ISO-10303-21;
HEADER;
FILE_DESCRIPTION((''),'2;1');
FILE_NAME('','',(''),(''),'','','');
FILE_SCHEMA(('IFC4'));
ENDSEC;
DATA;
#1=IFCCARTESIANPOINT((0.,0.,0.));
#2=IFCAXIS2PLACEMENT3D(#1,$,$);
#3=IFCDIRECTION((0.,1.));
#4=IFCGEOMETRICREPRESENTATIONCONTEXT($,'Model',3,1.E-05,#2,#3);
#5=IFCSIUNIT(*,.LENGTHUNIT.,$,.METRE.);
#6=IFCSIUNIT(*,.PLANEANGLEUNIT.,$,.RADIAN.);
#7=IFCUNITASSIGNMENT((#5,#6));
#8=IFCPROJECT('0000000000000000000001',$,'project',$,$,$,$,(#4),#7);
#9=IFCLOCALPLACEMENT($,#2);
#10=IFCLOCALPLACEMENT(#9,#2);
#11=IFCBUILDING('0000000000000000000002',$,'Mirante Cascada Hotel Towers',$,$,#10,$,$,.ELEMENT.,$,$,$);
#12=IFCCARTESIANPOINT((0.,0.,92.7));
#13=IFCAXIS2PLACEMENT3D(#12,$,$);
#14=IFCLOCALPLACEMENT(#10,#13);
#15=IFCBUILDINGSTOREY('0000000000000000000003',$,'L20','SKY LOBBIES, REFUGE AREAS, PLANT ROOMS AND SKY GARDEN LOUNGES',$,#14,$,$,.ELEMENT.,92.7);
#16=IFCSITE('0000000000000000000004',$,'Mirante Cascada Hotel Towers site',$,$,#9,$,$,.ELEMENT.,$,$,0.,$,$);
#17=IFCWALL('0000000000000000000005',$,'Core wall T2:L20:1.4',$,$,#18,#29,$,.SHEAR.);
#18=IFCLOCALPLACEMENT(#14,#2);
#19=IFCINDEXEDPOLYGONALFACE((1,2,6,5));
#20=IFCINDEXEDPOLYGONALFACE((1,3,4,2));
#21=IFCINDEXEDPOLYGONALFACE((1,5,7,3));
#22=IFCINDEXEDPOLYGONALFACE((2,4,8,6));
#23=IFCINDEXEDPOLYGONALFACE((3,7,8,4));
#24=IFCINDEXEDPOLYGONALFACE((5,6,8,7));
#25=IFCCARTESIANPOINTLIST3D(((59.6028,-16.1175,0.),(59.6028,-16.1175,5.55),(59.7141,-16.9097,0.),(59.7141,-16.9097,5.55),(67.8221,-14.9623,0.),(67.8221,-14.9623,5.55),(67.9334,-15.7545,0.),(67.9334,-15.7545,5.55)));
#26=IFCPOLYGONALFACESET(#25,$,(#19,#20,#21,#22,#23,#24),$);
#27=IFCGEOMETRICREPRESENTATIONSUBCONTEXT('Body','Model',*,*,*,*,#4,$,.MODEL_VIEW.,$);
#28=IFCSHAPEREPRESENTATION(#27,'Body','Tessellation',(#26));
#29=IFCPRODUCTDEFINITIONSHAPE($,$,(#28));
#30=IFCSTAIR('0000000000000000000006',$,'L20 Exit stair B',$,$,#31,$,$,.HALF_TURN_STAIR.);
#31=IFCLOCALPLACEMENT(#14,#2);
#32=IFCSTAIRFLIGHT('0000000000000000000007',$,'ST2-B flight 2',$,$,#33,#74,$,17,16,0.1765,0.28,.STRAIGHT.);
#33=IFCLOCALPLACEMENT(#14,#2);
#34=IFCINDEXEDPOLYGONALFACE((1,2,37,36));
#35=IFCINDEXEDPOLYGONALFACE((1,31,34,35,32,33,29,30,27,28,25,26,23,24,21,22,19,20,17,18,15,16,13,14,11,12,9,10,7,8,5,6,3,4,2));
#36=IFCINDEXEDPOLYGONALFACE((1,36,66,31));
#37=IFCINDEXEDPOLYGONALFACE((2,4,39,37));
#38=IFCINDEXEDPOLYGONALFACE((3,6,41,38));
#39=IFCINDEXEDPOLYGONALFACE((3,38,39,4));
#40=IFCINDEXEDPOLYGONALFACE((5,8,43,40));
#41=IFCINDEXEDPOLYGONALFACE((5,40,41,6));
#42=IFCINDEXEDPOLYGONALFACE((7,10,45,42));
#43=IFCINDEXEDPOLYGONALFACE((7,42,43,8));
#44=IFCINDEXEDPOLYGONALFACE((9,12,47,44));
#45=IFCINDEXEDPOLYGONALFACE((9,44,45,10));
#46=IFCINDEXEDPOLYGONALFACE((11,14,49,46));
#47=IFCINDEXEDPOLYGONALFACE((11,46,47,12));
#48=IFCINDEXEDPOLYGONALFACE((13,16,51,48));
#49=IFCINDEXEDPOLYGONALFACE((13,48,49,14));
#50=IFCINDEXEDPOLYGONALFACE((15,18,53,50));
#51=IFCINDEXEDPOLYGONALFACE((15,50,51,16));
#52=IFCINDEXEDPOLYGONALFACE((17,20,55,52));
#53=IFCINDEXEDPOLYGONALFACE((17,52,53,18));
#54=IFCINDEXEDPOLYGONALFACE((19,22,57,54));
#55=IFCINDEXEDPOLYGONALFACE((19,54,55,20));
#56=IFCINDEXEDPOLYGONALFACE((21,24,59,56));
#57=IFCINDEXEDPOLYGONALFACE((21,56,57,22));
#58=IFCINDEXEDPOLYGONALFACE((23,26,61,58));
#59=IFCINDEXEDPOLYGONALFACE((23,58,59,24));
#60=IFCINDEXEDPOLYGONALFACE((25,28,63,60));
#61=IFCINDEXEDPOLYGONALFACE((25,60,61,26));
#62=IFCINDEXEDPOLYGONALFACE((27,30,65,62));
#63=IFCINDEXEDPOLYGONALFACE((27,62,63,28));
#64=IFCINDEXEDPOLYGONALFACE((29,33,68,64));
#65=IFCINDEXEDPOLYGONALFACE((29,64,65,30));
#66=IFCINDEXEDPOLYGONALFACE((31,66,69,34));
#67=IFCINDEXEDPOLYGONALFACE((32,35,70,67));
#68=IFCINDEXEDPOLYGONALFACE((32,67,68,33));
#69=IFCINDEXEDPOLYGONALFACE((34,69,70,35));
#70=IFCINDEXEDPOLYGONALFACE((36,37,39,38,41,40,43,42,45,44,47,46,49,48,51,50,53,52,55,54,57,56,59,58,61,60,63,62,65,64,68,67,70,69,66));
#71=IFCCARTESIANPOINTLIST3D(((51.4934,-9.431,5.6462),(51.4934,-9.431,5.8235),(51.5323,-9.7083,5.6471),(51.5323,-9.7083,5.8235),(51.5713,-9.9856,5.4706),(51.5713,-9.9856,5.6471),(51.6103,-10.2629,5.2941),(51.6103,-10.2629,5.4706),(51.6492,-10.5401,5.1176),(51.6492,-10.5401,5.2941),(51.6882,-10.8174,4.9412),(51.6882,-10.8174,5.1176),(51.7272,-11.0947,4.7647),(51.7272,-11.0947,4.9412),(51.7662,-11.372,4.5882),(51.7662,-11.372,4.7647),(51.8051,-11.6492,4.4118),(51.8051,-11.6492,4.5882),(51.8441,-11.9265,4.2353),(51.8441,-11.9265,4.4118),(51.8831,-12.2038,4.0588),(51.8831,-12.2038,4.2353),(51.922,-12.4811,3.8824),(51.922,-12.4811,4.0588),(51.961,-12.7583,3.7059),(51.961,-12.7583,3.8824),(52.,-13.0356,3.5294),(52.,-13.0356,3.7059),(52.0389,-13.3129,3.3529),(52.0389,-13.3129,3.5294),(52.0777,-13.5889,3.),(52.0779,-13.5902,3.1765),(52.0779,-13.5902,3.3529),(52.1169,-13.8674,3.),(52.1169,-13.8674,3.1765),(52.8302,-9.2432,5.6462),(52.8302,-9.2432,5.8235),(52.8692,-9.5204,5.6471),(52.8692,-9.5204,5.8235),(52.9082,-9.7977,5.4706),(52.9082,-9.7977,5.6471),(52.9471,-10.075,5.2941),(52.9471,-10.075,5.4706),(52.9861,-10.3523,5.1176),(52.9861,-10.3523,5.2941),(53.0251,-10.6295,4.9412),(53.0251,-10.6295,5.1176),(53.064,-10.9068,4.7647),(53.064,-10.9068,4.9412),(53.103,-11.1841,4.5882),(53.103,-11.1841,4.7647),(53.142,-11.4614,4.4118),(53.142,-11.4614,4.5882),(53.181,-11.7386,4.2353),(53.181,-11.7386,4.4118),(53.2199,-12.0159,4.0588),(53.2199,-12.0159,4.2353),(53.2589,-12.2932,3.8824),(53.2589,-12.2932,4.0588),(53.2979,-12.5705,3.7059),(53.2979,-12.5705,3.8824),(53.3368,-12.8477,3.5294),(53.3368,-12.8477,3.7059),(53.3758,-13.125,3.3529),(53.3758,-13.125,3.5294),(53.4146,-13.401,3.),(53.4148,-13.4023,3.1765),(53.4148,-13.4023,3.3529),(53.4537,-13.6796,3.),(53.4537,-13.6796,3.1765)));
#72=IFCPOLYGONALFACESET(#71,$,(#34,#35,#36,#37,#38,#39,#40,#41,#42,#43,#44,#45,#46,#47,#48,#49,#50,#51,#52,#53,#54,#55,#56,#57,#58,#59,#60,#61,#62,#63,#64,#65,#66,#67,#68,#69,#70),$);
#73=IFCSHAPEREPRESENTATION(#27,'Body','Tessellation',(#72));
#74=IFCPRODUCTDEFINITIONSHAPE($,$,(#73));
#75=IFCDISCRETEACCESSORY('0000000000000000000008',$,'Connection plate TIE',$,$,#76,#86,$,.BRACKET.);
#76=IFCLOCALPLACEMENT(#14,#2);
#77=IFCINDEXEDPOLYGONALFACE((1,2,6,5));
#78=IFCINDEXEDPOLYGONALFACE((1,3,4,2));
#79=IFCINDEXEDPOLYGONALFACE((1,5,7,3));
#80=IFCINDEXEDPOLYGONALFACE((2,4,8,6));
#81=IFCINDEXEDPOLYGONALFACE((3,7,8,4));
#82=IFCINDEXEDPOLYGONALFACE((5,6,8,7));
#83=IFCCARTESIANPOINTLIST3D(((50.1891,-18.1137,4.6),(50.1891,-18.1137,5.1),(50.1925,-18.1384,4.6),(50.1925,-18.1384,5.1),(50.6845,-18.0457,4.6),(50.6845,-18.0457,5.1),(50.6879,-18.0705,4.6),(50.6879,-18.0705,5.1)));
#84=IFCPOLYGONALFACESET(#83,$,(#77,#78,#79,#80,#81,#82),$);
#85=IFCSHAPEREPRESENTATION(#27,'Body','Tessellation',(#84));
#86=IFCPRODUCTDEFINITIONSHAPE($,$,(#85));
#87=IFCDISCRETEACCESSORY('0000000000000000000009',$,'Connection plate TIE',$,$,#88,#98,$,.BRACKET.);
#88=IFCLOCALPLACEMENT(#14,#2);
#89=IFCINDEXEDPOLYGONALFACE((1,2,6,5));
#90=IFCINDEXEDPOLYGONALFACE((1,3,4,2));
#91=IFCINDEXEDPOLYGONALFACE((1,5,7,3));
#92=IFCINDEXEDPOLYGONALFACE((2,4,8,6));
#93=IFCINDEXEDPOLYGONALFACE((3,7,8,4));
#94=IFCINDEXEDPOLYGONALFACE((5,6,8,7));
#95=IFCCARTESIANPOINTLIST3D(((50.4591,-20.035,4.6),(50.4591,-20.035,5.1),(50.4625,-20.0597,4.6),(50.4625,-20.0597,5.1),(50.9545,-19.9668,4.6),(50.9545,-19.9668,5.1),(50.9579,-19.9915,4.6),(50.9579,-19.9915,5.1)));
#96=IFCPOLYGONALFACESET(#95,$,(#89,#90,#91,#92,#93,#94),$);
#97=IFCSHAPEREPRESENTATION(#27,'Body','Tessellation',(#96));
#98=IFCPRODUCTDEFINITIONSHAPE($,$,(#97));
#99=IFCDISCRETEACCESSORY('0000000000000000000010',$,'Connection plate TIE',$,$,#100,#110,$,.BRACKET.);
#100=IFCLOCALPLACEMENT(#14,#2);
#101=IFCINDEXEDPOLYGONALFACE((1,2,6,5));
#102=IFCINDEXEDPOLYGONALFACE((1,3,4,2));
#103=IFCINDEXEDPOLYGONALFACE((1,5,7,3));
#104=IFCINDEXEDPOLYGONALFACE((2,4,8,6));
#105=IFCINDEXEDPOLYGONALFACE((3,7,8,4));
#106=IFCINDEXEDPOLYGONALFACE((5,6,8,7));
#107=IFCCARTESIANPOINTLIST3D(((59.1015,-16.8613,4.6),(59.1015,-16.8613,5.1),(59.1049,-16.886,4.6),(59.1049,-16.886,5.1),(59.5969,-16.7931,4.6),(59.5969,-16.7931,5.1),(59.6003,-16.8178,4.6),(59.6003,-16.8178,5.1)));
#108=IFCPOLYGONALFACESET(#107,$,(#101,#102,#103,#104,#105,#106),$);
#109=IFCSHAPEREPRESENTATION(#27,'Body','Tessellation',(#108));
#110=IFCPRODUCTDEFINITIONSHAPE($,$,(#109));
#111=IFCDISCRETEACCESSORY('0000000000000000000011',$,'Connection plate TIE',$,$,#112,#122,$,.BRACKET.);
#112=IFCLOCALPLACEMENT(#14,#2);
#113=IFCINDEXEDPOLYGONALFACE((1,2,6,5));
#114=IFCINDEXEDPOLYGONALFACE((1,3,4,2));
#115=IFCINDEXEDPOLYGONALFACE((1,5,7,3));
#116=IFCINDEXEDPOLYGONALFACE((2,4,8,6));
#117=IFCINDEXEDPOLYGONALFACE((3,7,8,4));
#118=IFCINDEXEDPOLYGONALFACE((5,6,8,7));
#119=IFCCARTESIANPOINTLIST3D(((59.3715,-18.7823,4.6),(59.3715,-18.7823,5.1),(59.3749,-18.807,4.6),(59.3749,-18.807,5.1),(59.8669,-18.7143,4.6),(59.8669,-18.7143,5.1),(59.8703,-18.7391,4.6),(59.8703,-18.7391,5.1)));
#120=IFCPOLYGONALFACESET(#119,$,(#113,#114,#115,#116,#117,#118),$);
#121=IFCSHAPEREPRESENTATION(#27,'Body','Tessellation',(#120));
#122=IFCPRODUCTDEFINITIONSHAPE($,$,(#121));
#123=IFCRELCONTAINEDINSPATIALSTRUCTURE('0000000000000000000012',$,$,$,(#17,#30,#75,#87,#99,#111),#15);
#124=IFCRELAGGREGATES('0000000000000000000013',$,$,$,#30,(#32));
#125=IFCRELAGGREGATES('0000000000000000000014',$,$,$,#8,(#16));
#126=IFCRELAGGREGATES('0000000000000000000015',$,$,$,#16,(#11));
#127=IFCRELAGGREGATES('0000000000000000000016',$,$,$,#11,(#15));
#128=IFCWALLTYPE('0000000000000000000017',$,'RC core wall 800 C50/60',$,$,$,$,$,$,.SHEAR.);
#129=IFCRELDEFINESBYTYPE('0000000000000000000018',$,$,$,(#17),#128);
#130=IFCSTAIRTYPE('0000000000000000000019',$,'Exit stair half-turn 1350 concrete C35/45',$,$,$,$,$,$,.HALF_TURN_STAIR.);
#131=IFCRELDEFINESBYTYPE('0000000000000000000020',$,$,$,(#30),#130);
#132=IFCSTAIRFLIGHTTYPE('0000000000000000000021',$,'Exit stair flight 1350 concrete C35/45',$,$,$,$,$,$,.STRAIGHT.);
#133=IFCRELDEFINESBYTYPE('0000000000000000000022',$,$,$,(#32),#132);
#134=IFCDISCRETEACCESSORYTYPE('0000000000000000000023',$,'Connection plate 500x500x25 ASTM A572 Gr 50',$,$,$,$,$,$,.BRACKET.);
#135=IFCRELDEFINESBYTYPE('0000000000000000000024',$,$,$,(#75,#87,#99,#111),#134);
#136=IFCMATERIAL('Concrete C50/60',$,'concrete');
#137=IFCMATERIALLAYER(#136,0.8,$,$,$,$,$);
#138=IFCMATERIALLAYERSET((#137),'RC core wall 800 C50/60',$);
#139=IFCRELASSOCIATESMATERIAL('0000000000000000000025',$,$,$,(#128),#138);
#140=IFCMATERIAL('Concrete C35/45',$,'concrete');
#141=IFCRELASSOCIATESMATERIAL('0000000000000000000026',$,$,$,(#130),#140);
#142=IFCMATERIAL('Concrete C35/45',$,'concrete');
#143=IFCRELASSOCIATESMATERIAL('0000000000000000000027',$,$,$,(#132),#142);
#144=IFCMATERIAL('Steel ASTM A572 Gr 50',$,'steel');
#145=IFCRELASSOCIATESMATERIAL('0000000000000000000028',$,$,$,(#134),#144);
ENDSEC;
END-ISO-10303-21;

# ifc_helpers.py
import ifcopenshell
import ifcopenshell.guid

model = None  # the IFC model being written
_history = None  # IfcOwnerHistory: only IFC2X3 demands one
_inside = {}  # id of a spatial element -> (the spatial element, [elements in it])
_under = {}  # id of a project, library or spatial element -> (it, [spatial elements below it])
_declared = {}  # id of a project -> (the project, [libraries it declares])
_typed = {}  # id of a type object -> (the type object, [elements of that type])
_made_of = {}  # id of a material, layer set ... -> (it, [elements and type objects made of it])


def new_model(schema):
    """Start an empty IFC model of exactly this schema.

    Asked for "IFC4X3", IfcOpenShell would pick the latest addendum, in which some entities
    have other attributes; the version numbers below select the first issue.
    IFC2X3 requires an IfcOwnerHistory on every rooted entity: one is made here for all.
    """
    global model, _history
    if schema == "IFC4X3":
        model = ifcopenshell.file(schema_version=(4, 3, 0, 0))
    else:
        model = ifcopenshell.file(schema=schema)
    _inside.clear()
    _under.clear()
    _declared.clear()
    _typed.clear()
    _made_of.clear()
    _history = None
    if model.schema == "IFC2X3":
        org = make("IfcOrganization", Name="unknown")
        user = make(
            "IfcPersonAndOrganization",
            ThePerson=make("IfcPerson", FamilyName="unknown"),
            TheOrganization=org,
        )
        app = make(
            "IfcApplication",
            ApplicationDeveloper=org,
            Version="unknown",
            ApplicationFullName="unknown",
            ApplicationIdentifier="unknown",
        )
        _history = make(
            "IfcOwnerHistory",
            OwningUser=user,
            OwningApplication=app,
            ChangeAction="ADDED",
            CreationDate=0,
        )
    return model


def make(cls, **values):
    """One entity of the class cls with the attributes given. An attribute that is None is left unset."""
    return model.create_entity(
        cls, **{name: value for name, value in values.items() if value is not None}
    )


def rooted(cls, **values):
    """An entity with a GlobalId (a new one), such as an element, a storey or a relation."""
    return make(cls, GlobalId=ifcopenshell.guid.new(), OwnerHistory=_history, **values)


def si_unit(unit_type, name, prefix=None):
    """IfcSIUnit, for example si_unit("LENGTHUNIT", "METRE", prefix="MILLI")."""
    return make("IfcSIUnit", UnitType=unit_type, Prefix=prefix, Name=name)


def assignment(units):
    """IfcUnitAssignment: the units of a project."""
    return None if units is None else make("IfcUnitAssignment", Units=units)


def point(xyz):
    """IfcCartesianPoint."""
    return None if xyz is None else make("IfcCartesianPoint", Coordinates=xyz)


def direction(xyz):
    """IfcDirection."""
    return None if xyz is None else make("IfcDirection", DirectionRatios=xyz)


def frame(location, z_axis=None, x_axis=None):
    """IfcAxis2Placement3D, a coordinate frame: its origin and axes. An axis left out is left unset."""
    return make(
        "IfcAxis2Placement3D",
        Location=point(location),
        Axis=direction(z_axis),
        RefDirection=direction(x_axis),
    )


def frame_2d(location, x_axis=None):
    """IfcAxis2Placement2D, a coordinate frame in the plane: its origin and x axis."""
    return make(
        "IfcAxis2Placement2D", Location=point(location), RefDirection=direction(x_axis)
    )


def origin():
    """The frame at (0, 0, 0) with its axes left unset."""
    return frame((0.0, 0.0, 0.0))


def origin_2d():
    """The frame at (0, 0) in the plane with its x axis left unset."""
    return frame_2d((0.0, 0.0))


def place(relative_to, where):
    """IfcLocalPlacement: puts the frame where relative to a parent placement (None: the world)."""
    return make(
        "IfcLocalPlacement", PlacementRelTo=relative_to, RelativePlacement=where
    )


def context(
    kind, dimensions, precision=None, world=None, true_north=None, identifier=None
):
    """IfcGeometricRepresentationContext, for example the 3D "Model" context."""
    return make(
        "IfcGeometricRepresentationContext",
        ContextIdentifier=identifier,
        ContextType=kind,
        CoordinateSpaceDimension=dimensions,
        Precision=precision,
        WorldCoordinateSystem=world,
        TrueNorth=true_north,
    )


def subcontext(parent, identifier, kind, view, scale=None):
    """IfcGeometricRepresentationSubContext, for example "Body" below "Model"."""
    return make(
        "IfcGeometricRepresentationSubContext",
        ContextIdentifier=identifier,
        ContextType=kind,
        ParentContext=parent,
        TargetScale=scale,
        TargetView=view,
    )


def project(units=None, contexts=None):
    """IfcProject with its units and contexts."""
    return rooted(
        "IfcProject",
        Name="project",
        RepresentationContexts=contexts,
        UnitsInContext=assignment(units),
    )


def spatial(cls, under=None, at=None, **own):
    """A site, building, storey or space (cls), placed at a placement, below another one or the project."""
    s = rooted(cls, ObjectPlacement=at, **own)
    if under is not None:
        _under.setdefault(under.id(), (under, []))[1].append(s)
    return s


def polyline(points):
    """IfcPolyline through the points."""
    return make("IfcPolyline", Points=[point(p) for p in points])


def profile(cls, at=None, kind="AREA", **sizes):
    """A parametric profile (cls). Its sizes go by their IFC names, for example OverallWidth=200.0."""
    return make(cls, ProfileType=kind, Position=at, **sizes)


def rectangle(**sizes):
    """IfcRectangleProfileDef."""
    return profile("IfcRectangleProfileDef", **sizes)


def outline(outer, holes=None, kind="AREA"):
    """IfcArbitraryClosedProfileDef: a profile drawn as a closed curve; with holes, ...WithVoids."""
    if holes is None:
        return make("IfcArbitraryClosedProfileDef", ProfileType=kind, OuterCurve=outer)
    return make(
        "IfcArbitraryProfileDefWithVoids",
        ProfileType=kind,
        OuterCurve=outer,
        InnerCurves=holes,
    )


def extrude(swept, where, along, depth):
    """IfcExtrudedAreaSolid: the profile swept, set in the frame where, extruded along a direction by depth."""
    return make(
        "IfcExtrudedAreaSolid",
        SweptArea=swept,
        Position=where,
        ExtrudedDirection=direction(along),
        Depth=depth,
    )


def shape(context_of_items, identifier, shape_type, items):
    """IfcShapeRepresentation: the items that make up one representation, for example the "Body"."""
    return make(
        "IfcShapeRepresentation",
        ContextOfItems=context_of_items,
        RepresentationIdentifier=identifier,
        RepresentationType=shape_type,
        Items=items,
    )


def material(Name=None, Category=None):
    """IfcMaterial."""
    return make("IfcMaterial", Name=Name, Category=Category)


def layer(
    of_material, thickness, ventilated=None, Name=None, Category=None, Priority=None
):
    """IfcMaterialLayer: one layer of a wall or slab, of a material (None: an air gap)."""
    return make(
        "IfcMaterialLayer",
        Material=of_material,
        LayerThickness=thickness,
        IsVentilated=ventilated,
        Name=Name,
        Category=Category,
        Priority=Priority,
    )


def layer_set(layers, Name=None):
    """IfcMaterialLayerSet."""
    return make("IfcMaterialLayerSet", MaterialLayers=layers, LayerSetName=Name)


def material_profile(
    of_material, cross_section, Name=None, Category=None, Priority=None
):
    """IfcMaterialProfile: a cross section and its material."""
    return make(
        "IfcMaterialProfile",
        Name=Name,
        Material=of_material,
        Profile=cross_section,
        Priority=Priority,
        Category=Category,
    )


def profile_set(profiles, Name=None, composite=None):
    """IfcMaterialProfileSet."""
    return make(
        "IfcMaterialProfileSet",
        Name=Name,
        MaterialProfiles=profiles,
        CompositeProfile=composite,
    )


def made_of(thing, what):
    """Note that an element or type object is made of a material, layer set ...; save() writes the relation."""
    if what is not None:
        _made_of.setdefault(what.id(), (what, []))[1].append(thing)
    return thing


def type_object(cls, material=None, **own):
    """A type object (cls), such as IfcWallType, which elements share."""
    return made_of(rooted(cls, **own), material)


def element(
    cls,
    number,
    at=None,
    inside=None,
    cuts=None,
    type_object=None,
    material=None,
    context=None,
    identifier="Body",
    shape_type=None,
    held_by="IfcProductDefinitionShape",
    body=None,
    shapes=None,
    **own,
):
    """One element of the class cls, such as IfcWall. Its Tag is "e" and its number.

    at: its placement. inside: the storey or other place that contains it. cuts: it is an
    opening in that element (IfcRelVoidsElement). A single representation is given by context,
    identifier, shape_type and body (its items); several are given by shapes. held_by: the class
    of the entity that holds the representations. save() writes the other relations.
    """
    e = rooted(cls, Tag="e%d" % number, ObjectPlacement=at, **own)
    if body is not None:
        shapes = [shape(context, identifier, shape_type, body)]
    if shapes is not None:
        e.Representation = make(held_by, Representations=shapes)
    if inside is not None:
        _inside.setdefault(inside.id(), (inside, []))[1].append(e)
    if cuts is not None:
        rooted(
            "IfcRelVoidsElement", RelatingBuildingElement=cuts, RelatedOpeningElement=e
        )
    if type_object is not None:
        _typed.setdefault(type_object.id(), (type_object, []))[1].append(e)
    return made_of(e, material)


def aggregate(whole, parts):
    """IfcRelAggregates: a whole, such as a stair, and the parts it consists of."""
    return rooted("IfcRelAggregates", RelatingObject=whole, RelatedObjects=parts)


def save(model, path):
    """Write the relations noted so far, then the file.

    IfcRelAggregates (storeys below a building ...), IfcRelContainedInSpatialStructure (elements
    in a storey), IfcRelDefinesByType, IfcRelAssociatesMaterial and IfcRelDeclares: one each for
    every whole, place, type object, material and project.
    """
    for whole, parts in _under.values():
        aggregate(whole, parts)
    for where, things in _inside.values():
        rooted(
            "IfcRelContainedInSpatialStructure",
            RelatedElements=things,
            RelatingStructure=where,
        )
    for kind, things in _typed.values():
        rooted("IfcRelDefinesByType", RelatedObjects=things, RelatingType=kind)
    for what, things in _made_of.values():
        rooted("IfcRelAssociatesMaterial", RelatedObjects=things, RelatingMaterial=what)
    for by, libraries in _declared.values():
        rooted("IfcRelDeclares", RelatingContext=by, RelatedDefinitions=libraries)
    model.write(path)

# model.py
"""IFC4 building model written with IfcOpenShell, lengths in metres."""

from ifc_helpers import new_model, si_unit, direction, frame, frame_2d, origin, origin_2d, place, context, subcontext, project, spatial, polyline, rectangle, outline, extrude, material, layer, layer_set, material_profile, profile_set, type_object, element, aggregate, save


model = new_model("IFC4")

# Units and contexts
model_context = context("Model", 3, precision=1e-05, world=origin(), true_north=direction((0.0, 1.0)))
body_context = subcontext(model_context, "Body", "Model", "MODEL_VIEW")
ifc_project = project(units=[si_unit("LENGTHUNIT", "METRE"), si_unit("PLANEANGLEUNIT", "RADIAN")], contexts=[model_context])

# Site, building, storey
site_placement = place(None, origin())
site = spatial("IfcSite", under=ifc_project, at=site_placement, Name="Mirante Cascada Hotel Towers site", CompositionType="ELEMENT", RefElevation=0.0)
building_placement = place(site_placement, origin())
building = spatial("IfcBuilding", under=site, at=building_placement, Name="Mirante Cascada Hotel Towers", CompositionType="ELEMENT")
storey_placement = place(building_placement, frame((0.0, 0.0, 92.7)))
storey = spatial("IfcBuildingStorey", under=building, at=storey_placement, Name="L20", Description="SKY LOBBIES, REFUGE AREAS, PLANT ROOMS AND SKY GARDEN LOUNGES", CompositionType="ELEMENT", Elevation=92.7)

# Wall
ifc_material_1 = material(Name="Concrete C50/60", Category="concrete")
ifc_layer_1 = layer(ifc_material_1, 0.8)
ifc_layer_set_1 = layer_set([ifc_layer_1], Name="RC core wall 800 C50/60")
wall_type_1 = type_object("IfcWallType", Name="RC core wall 800 C50/60", PredefinedType="SHEAR", material=ifc_layer_set_1)
wall_1_placement = place(storey_placement, frame((59.6585, -16.5136, 0.0), z_axis=(0.0, 0.0, 1.0), x_axis=(0.990267, 0.139179, 0.0)))
element("IfcWall", 1, at=wall_1_placement, inside=storey, type_object=wall_type_1, Name="Core wall T2:L20:1.4", PredefinedType="SHEAR", context=body_context, shape_type="SweptSolid", body=[
    extrude(rectangle(XDim=8.3001, YDim=0.8, at=frame_2d((4.15, 0.0))), origin(), (0.0, 0.0, 1.0), 5.55),
])

# Stair, stair flight
ifc_material_2 = material(Name="Concrete C35/45", Category="concrete")
stair_type = type_object("IfcStairType", Name="Exit stair half-turn 1350 concrete C35/45", PredefinedType="HALF_TURN_STAIR", material=ifc_material_2)
stair_placement = place(storey_placement, origin())
stair = element("IfcStair", 2, at=stair_placement, inside=storey, type_object=stair_type, Name="L20 Exit stair B", PredefinedType="HALF_TURN_STAIR")
ifc_material_3 = material(Name="Concrete C35/45", Category="concrete")
stair_flight_type = type_object("IfcStairFlightType", Name="Exit stair flight 1350 concrete C35/45", PredefinedType="STRAIGHT", material=ifc_material_3)
stair_flight_placement = place(storey_placement, frame((52.7853, -13.7735, 3.0), z_axis=(0.0, 0.0, 1.0), x_axis=(-0.139173, 0.990268, 0.0)))
stair_flight = element("IfcStairFlight", 3, at=stair_flight_placement, type_object=stair_flight_type, Name="ST2-B flight 2", NumberOfRisers=17, NumberOfTreads=16, PredefinedType="STRAIGHT", RiserHeight=0.1765, TreadLength=0.28, context=body_context, shape_type="SweptSolid", body=[
    extrude(outline(polyline([(0.0, 0.0), (0.0, 0.1765), (0.28, 0.1765), (0.28, 0.3529), (0.56, 0.3529), (0.56, 0.5294), (0.84, 0.5294), (0.84, 0.7059), (1.12, 0.7059), (1.12, 0.8824), (1.4, 0.8824), (1.4, 1.0588), (1.68, 1.0588), (1.68, 1.2353), (1.96, 1.2353), (1.96, 1.4118), (2.24, 1.4118), (2.24, 1.5882), (2.52, 1.5882), (2.52, 1.7647), (2.8, 1.7647), (2.8, 1.9412), (3.08, 1.9412), (3.08, 2.1176), (3.36, 2.1176), (3.36, 2.2941), (3.64, 2.2941), (3.64, 2.4706), (3.92, 2.4706), (3.92, 2.6471), (4.2, 2.6471), (4.2, 2.8235), (4.48, 2.8235), (4.48, 3.0), (4.48, 2.6462), (0.2813, 0.0), (0.0, 0.0)])), frame((0.0, 0.675, 0.0), z_axis=(0.0, -1.0, 0.0), x_axis=(1.0, 0.0, 0.0)), (0.0, 0.0, 1.0), 1.35),
])
aggregate(stair, [stair_flight])

# Discrete accessories
ifc_material_4 = material(Name="Steel ASTM A572 Gr 50", Category="steel")
ifc_material_profile_1 = material_profile(ifc_material_4, rectangle(XDim=0.5, YDim=0.5, at=origin_2d()), Name="Connection plate 500x500x25 ASTM A572 Gr 50")
ifc_profile_set_1 = profile_set([ifc_material_profile_1], Name="Steel ASTM A572 Gr 50")
discrete_accessory_type = type_object("IfcDiscreteAccessoryType", Name="Connection plate 500x500x25 ASTM A572 Gr 50", PredefinedType="BRACKET", material=ifc_profile_set_1)
discrete_accessory_1_placement = place(storey_placement, frame((50.4368, -18.0797, 4.85), z_axis=(0.135826, -0.990733, 0.0), x_axis=(0.990733, 0.135826, 0.0)))
element("IfcDiscreteAccessory", 4, at=discrete_accessory_1_placement, inside=storey, type_object=discrete_accessory_type, Name="Connection plate TIE", PredefinedType="BRACKET", context=body_context, shape_type="SweptSolid", body=[
    extrude(rectangle(XDim=0.5, YDim=0.5, at=origin_2d()), origin(), (0.0, 0.0, 1.0), 0.025),
])
for number, where, z_axis, x_axis, name in (
    (5, (50.7068, -20.0009, 4.85), (0.136366, -0.990658, 0.0), (0.990658, 0.136366, 0.0), "Connection plate TIE"),
    (6, (59.3492, -16.8272, 4.85), (0.136366, -0.990658, 0.0), (0.990658, 0.136366, 0.0), "Connection plate TIE"),
):
    element("IfcDiscreteAccessory", number, at=place(storey_placement, frame(where, z_axis=z_axis, x_axis=x_axis)), inside=storey, type_object=discrete_accessory_type, Name=name, PredefinedType="BRACKET", context=body_context, shape_type="SweptSolid", body=[
        extrude(rectangle(XDim=0.5, YDim=0.5, at=origin_2d()), origin(), (0.0, 0.0, 1.0), 0.0249),
    ])
discrete_accessory_2_placement = place(storey_placement, frame((59.6192, -18.7483, 4.85), z_axis=(0.135826, -0.990733, 0.0), x_axis=(0.990733, 0.135826, 0.0)))
element("IfcDiscreteAccessory", 7, at=discrete_accessory_2_placement, inside=storey, type_object=discrete_accessory_type, Name="Connection plate TIE", PredefinedType="BRACKET", context=body_context, shape_type="SweptSolid", body=[
    extrude(rectangle(XDim=0.5, YDim=0.5, at=origin_2d()), origin(), (0.0, 0.0, 1.0), 0.025),
])

save(model, "model.ifc")
